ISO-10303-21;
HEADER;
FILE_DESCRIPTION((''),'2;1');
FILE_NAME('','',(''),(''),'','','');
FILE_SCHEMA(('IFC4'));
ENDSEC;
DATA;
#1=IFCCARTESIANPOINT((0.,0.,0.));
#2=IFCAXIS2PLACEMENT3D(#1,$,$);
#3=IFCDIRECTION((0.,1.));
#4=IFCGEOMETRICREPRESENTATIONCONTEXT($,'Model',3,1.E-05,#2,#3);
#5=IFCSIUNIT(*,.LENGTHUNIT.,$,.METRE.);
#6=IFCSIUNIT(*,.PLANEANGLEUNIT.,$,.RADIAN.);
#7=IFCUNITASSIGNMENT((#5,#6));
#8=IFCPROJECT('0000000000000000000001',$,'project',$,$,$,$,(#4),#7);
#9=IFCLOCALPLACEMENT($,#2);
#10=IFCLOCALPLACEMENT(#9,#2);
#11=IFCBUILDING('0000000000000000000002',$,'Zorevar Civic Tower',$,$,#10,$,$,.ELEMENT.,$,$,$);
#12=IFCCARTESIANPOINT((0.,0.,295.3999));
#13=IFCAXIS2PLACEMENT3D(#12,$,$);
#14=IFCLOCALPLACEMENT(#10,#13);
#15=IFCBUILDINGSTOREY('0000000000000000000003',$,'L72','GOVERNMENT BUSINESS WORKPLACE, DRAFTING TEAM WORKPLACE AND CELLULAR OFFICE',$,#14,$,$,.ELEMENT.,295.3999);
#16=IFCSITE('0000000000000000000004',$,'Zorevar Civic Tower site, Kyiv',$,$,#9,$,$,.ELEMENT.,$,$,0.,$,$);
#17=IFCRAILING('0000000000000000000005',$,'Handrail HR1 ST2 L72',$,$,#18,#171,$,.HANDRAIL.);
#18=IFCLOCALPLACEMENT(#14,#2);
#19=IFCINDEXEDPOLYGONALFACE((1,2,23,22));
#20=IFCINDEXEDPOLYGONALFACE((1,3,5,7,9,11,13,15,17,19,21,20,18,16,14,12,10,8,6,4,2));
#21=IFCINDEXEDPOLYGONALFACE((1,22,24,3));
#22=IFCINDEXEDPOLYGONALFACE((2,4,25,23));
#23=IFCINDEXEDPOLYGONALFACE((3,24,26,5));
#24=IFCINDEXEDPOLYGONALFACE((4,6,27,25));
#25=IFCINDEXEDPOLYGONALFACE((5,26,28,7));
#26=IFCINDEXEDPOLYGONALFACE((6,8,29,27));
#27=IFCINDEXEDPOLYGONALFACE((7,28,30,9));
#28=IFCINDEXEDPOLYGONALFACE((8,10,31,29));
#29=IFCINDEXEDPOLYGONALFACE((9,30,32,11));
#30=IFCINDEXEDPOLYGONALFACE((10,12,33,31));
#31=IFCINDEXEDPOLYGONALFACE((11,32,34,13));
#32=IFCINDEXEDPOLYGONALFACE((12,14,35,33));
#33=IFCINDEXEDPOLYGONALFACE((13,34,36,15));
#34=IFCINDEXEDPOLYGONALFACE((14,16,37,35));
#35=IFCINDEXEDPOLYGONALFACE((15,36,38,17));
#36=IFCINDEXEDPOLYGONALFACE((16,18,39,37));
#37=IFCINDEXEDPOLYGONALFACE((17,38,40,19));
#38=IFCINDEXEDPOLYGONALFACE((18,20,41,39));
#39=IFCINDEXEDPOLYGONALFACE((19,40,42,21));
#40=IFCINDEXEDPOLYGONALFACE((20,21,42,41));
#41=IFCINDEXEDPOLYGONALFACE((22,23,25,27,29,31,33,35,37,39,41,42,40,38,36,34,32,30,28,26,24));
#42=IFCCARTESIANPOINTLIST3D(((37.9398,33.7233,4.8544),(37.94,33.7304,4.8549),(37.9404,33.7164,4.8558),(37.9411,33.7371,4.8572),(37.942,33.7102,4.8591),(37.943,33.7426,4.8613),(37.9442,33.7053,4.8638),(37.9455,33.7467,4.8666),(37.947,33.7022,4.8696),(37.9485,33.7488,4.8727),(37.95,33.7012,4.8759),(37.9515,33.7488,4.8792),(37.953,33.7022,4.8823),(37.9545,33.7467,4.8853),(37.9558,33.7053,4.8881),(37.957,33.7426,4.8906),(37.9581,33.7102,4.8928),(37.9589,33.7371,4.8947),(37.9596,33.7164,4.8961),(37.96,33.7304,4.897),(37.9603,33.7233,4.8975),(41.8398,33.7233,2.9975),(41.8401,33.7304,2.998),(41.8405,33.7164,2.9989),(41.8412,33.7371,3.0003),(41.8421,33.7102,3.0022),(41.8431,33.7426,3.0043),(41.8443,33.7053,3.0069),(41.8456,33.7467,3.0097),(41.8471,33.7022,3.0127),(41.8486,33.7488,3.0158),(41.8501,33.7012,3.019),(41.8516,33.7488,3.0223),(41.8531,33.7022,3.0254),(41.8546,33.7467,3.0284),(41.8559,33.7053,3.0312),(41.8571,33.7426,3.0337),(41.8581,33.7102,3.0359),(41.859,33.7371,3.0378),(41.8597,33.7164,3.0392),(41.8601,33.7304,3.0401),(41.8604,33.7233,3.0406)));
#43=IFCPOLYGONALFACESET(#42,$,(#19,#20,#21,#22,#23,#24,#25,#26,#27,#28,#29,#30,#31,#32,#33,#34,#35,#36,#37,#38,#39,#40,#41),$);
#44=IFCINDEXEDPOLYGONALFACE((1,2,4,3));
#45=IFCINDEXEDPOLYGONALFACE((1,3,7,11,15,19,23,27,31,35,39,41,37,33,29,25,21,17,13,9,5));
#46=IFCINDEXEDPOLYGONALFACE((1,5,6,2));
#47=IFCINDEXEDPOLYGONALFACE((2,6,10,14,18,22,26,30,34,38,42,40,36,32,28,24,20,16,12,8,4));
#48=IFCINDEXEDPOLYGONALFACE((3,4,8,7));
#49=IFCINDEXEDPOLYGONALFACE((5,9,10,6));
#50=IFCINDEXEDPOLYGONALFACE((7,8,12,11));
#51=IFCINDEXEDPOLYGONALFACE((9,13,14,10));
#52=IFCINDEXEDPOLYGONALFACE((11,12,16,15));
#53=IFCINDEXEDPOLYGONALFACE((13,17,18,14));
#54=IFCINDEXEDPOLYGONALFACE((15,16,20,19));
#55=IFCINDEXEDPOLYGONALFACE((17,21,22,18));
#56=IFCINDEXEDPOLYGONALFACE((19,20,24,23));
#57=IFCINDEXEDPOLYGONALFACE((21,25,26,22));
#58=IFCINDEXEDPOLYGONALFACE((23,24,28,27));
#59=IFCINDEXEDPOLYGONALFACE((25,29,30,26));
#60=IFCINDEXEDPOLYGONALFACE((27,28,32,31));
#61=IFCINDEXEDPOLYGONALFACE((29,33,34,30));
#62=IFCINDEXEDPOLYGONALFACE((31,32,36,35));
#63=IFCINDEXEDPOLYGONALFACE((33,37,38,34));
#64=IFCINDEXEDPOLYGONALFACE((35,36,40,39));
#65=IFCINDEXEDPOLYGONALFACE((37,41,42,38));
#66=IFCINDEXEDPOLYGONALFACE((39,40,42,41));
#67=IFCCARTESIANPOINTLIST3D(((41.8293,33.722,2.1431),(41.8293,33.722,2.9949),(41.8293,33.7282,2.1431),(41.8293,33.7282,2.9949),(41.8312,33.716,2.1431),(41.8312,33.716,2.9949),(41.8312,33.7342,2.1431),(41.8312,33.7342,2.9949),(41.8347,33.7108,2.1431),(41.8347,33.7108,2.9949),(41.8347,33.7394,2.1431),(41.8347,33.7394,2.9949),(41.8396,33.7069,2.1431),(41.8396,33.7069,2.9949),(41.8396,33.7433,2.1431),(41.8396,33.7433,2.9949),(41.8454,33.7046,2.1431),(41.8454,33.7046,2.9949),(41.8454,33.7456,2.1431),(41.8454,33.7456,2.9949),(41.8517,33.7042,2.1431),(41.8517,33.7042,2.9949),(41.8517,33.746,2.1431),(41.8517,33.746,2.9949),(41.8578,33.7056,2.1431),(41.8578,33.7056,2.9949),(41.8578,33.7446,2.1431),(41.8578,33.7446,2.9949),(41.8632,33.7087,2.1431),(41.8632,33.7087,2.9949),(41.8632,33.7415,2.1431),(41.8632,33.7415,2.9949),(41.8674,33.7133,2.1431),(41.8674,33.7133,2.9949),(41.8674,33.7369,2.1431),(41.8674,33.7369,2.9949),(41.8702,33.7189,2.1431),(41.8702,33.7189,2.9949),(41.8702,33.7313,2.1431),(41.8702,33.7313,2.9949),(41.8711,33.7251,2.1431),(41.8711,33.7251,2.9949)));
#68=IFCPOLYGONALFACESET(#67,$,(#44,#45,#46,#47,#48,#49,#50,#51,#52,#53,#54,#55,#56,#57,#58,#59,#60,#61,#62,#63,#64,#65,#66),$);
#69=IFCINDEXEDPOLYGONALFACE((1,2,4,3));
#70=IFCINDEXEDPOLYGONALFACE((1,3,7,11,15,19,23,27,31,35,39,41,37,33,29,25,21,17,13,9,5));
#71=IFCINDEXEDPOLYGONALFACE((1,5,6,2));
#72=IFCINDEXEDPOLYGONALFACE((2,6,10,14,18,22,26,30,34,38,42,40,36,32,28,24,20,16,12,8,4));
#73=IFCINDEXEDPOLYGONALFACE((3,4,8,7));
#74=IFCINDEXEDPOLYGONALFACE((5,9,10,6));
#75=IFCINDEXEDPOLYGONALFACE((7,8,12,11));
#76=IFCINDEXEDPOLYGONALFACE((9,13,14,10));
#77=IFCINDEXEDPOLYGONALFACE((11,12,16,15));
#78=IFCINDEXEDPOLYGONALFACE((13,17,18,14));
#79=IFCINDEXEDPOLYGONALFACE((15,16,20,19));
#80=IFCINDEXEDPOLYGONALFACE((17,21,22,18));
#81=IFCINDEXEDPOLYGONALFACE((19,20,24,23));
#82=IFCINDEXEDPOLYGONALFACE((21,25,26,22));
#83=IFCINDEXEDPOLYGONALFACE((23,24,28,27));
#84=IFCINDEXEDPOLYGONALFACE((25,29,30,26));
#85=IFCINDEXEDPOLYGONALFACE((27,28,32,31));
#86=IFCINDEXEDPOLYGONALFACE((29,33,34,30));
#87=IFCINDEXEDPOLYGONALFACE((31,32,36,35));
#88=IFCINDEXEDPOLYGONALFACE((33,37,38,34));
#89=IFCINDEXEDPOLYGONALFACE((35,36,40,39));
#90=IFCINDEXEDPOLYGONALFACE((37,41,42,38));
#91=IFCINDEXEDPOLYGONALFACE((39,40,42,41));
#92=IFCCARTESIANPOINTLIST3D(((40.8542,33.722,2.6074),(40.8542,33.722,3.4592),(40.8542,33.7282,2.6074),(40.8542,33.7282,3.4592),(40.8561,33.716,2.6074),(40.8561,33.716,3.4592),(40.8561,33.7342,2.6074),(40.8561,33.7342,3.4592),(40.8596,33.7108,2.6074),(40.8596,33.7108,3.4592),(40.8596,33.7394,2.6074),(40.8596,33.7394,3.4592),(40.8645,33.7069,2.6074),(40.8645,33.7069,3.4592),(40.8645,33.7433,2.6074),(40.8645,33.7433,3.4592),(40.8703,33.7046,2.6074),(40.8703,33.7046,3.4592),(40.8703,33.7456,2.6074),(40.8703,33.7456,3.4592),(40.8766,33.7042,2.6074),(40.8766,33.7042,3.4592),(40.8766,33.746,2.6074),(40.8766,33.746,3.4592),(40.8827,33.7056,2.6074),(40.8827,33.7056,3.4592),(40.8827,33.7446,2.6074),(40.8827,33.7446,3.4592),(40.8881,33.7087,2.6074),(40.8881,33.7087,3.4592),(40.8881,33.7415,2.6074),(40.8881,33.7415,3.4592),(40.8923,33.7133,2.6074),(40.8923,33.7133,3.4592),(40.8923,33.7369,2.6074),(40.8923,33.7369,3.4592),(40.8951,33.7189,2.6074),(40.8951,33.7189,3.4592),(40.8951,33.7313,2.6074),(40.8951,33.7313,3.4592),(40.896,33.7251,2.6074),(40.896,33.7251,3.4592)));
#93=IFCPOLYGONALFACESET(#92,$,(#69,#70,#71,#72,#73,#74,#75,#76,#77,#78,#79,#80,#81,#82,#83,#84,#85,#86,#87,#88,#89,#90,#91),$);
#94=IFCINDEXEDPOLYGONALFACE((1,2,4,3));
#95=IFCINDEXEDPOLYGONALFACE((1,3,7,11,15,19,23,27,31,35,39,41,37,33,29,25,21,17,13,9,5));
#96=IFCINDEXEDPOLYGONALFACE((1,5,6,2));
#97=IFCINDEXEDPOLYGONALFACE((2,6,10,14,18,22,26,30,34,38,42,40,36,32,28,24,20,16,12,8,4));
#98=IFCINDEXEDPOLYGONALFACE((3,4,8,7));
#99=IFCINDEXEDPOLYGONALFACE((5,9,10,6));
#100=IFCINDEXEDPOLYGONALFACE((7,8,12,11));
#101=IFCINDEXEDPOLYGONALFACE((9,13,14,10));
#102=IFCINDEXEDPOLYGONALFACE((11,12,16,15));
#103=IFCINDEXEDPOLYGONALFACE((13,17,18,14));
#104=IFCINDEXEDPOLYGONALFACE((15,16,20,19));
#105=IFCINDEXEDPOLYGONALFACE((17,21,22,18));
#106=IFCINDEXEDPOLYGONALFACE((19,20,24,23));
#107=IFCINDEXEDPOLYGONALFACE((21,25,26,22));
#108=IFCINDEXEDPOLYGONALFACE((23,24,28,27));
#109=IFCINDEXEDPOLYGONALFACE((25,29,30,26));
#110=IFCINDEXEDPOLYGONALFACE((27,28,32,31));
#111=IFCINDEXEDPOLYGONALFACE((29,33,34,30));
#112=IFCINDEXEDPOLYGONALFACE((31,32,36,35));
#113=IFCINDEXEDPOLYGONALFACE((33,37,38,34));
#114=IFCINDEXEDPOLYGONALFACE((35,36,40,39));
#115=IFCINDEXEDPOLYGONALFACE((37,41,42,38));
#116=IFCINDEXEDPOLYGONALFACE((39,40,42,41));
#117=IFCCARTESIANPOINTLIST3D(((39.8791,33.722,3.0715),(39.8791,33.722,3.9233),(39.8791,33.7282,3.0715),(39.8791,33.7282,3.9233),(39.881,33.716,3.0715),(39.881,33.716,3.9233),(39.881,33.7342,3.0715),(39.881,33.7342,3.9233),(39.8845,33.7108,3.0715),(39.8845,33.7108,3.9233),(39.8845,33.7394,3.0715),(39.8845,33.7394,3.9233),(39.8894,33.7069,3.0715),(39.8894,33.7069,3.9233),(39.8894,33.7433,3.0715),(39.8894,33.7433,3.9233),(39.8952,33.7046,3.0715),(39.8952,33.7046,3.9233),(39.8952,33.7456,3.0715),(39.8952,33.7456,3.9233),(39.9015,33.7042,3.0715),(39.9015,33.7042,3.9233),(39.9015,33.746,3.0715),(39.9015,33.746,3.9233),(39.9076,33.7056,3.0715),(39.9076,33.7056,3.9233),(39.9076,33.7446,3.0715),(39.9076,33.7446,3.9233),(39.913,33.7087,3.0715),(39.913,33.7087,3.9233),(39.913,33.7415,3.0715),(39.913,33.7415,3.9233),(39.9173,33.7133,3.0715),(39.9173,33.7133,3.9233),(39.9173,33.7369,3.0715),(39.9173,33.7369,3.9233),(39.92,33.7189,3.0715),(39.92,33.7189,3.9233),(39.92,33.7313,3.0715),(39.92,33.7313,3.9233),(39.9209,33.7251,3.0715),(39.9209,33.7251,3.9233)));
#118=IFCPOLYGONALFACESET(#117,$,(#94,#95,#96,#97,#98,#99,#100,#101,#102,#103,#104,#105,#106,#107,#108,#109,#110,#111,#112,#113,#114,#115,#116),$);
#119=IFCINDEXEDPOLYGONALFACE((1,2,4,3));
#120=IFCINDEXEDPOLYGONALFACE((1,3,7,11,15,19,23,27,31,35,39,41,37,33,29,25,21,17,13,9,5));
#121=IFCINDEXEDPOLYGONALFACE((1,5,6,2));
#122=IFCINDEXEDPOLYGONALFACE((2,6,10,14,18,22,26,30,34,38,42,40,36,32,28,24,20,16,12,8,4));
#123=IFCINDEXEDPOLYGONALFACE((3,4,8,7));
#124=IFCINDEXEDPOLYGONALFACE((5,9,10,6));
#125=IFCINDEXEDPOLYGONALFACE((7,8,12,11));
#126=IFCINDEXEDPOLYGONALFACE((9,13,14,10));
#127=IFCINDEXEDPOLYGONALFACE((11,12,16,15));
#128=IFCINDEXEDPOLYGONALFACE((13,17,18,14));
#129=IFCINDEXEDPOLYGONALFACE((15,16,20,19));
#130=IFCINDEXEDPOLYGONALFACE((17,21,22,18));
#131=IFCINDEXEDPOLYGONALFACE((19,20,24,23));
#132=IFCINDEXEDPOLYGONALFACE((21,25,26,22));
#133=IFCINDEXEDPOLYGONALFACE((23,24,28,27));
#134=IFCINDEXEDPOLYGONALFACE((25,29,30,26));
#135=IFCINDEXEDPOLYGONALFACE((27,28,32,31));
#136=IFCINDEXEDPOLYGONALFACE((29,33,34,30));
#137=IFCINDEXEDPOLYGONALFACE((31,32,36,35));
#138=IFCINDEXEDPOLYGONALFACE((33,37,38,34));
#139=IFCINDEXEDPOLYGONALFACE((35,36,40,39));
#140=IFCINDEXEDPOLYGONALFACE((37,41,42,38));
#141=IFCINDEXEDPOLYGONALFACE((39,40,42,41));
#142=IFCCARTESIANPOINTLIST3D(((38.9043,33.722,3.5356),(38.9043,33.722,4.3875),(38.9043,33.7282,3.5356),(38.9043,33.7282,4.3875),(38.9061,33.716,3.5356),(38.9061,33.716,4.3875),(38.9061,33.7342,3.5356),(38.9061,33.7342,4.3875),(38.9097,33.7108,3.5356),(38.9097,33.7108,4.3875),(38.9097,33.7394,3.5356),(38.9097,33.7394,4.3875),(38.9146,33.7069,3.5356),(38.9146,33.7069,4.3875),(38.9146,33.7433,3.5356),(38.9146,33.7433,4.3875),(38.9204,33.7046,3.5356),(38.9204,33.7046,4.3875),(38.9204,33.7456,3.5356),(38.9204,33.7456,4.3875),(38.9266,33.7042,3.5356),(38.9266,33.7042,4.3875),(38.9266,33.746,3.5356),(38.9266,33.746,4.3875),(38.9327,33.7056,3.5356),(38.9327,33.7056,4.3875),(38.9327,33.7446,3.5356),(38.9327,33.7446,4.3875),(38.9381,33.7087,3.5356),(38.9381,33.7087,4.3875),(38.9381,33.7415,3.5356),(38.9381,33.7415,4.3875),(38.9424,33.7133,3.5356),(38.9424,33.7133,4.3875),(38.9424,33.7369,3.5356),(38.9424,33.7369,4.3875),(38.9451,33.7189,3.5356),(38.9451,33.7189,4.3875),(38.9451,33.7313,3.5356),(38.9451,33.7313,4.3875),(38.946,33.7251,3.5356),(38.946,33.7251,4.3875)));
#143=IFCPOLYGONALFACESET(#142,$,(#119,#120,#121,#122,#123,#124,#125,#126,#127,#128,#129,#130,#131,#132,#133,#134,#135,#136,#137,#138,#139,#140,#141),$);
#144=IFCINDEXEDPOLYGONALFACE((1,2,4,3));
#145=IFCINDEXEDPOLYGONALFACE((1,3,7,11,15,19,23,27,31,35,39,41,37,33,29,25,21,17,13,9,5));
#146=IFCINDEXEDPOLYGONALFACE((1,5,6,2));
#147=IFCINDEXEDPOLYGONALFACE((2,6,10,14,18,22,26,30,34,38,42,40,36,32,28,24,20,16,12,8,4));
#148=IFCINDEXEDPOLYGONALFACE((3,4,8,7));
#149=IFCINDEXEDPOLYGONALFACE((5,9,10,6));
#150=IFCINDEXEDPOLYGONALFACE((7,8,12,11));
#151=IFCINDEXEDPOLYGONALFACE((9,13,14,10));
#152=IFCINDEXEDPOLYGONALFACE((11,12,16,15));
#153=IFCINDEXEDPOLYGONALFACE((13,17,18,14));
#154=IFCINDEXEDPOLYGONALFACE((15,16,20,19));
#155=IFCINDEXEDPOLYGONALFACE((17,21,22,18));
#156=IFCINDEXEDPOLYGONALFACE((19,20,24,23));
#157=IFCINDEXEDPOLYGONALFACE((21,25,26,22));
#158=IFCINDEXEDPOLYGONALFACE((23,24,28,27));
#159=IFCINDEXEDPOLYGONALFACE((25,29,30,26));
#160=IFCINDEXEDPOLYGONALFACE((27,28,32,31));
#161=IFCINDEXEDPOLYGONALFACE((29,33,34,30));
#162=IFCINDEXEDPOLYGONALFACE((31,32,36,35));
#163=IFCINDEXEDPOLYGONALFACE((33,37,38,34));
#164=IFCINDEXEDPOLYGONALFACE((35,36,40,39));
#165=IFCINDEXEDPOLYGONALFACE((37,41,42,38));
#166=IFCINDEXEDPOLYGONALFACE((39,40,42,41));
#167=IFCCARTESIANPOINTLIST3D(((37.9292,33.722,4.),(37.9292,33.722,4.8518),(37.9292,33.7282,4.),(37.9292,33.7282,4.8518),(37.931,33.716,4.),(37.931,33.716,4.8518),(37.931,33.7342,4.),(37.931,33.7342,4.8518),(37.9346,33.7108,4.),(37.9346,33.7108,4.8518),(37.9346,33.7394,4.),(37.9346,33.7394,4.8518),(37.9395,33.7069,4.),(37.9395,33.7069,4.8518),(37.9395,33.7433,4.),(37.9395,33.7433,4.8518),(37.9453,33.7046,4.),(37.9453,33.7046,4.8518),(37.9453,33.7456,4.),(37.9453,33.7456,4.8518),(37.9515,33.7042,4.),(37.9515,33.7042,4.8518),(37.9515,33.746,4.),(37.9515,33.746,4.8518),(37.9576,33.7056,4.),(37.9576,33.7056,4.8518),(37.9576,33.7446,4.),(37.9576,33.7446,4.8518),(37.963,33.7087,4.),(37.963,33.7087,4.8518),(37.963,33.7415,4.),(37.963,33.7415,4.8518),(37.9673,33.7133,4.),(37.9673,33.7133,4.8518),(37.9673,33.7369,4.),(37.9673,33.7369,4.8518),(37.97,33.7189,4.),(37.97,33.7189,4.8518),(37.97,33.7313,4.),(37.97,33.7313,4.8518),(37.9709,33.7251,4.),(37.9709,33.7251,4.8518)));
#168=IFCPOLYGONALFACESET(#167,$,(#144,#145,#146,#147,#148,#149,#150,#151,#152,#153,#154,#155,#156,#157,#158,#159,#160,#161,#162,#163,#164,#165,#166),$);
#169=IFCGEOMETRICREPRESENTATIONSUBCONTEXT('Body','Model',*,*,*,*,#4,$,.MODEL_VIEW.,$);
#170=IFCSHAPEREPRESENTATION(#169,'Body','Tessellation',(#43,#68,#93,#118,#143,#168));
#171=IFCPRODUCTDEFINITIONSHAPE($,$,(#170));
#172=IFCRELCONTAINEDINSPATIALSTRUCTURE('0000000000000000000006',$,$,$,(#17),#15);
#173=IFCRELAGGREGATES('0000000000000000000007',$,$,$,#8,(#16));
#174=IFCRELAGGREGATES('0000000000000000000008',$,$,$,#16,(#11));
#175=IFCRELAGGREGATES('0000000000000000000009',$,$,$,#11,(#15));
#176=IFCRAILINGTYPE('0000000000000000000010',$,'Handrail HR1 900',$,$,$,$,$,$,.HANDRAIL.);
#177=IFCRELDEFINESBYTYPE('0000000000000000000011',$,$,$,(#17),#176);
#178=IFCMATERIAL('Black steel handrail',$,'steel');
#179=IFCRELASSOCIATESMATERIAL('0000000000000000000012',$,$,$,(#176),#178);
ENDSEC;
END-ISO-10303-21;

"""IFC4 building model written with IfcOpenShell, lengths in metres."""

from ifc_helpers import new_model, si_unit, direction, frame, origin, origin_2d, place, context, subcontext, project, spatial, circle, extrude, material, type_object, element, save


model = new_model("IFC4")

# Units and contexts
model_context = context("Model", 3, precision=1e-05, world=origin(), true_north=direction((0.0, 1.0)))
body_context = subcontext(model_context, "Body", "Model", "MODEL_VIEW")
ifc_project = project(units=[si_unit("LENGTHUNIT", "METRE"), si_unit("PLANEANGLEUNIT", "RADIAN")], contexts=[model_context])

# Site, building, storey
site_placement = place(None, origin())
site = spatial("IfcSite", under=ifc_project, at=site_placement, Name="Zorevar Civic Tower site, Kyiv", CompositionType="ELEMENT", RefElevation=0.0)
building_placement = place(site_placement, origin())
building = spatial("IfcBuilding", under=site, at=building_placement, Name="Zorevar Civic Tower", CompositionType="ELEMENT")
storey_placement = place(building_placement, frame((0.0, 0.0, 295.3999)))
storey = spatial("IfcBuildingStorey", under=building, at=storey_placement, Name="L72", Description="GOVERNMENT BUSINESS WORKPLACE, DRAFTING TEAM WORKPLACE AND CELLULAR OFFICE", CompositionType="ELEMENT", Elevation=295.3999)

# Railing
ifc_material_1 = material(Name="Black steel handrail", Category="steel")
railing_type = type_object("IfcRailingType", Name="Handrail HR1 900", PredefinedType="HANDRAIL", material=ifc_material_1)
railing_1_placement = place(storey_placement, frame((41.8501, 33.7251, 2.1431)))
element("IfcRailing", 1, at=railing_1_placement, inside=storey, type_object=railing_type, Name="Handrail HR1 ST2 L72", PredefinedType="HANDRAIL", context=body_context, shape_type="SweptSolid", body=[
    extrude(circle(Radius=0.0239, at=origin_2d()), frame((0.0, 0.0, 0.876), z_axis=(-0.902886, 0.0, 0.429881), x_axis=(0.0, -1.0, 0.0)), (0.0, 0.0, 1.0), 4.3196),
    extrude(circle(Radius=0.021, at=origin_2d()), origin(), (0.0, 0.0, 1.0), 0.8518),
    extrude(circle(Radius=0.021, at=origin_2d()), frame((-0.9751, 0.0, 0.4644)), (0.0, 0.0, 1.0), 0.8518),
    extrude(circle(Radius=0.021, at=origin_2d()), frame((-1.9502, 0.0, 0.9285)), (0.0, 0.0, 1.0), 0.8518),
    extrude(circle(Radius=0.021, at=origin_2d()), frame((-2.925, 0.0, 1.3926)), (0.0, 0.0, 1.0), 0.8518),
    extrude(circle(Radius=0.021, at=origin_2d()), frame((-3.9001, 0.0, 1.8569)), (0.0, 0.0, 1.0), 0.8518),
])

save(model, "model.ifc")
